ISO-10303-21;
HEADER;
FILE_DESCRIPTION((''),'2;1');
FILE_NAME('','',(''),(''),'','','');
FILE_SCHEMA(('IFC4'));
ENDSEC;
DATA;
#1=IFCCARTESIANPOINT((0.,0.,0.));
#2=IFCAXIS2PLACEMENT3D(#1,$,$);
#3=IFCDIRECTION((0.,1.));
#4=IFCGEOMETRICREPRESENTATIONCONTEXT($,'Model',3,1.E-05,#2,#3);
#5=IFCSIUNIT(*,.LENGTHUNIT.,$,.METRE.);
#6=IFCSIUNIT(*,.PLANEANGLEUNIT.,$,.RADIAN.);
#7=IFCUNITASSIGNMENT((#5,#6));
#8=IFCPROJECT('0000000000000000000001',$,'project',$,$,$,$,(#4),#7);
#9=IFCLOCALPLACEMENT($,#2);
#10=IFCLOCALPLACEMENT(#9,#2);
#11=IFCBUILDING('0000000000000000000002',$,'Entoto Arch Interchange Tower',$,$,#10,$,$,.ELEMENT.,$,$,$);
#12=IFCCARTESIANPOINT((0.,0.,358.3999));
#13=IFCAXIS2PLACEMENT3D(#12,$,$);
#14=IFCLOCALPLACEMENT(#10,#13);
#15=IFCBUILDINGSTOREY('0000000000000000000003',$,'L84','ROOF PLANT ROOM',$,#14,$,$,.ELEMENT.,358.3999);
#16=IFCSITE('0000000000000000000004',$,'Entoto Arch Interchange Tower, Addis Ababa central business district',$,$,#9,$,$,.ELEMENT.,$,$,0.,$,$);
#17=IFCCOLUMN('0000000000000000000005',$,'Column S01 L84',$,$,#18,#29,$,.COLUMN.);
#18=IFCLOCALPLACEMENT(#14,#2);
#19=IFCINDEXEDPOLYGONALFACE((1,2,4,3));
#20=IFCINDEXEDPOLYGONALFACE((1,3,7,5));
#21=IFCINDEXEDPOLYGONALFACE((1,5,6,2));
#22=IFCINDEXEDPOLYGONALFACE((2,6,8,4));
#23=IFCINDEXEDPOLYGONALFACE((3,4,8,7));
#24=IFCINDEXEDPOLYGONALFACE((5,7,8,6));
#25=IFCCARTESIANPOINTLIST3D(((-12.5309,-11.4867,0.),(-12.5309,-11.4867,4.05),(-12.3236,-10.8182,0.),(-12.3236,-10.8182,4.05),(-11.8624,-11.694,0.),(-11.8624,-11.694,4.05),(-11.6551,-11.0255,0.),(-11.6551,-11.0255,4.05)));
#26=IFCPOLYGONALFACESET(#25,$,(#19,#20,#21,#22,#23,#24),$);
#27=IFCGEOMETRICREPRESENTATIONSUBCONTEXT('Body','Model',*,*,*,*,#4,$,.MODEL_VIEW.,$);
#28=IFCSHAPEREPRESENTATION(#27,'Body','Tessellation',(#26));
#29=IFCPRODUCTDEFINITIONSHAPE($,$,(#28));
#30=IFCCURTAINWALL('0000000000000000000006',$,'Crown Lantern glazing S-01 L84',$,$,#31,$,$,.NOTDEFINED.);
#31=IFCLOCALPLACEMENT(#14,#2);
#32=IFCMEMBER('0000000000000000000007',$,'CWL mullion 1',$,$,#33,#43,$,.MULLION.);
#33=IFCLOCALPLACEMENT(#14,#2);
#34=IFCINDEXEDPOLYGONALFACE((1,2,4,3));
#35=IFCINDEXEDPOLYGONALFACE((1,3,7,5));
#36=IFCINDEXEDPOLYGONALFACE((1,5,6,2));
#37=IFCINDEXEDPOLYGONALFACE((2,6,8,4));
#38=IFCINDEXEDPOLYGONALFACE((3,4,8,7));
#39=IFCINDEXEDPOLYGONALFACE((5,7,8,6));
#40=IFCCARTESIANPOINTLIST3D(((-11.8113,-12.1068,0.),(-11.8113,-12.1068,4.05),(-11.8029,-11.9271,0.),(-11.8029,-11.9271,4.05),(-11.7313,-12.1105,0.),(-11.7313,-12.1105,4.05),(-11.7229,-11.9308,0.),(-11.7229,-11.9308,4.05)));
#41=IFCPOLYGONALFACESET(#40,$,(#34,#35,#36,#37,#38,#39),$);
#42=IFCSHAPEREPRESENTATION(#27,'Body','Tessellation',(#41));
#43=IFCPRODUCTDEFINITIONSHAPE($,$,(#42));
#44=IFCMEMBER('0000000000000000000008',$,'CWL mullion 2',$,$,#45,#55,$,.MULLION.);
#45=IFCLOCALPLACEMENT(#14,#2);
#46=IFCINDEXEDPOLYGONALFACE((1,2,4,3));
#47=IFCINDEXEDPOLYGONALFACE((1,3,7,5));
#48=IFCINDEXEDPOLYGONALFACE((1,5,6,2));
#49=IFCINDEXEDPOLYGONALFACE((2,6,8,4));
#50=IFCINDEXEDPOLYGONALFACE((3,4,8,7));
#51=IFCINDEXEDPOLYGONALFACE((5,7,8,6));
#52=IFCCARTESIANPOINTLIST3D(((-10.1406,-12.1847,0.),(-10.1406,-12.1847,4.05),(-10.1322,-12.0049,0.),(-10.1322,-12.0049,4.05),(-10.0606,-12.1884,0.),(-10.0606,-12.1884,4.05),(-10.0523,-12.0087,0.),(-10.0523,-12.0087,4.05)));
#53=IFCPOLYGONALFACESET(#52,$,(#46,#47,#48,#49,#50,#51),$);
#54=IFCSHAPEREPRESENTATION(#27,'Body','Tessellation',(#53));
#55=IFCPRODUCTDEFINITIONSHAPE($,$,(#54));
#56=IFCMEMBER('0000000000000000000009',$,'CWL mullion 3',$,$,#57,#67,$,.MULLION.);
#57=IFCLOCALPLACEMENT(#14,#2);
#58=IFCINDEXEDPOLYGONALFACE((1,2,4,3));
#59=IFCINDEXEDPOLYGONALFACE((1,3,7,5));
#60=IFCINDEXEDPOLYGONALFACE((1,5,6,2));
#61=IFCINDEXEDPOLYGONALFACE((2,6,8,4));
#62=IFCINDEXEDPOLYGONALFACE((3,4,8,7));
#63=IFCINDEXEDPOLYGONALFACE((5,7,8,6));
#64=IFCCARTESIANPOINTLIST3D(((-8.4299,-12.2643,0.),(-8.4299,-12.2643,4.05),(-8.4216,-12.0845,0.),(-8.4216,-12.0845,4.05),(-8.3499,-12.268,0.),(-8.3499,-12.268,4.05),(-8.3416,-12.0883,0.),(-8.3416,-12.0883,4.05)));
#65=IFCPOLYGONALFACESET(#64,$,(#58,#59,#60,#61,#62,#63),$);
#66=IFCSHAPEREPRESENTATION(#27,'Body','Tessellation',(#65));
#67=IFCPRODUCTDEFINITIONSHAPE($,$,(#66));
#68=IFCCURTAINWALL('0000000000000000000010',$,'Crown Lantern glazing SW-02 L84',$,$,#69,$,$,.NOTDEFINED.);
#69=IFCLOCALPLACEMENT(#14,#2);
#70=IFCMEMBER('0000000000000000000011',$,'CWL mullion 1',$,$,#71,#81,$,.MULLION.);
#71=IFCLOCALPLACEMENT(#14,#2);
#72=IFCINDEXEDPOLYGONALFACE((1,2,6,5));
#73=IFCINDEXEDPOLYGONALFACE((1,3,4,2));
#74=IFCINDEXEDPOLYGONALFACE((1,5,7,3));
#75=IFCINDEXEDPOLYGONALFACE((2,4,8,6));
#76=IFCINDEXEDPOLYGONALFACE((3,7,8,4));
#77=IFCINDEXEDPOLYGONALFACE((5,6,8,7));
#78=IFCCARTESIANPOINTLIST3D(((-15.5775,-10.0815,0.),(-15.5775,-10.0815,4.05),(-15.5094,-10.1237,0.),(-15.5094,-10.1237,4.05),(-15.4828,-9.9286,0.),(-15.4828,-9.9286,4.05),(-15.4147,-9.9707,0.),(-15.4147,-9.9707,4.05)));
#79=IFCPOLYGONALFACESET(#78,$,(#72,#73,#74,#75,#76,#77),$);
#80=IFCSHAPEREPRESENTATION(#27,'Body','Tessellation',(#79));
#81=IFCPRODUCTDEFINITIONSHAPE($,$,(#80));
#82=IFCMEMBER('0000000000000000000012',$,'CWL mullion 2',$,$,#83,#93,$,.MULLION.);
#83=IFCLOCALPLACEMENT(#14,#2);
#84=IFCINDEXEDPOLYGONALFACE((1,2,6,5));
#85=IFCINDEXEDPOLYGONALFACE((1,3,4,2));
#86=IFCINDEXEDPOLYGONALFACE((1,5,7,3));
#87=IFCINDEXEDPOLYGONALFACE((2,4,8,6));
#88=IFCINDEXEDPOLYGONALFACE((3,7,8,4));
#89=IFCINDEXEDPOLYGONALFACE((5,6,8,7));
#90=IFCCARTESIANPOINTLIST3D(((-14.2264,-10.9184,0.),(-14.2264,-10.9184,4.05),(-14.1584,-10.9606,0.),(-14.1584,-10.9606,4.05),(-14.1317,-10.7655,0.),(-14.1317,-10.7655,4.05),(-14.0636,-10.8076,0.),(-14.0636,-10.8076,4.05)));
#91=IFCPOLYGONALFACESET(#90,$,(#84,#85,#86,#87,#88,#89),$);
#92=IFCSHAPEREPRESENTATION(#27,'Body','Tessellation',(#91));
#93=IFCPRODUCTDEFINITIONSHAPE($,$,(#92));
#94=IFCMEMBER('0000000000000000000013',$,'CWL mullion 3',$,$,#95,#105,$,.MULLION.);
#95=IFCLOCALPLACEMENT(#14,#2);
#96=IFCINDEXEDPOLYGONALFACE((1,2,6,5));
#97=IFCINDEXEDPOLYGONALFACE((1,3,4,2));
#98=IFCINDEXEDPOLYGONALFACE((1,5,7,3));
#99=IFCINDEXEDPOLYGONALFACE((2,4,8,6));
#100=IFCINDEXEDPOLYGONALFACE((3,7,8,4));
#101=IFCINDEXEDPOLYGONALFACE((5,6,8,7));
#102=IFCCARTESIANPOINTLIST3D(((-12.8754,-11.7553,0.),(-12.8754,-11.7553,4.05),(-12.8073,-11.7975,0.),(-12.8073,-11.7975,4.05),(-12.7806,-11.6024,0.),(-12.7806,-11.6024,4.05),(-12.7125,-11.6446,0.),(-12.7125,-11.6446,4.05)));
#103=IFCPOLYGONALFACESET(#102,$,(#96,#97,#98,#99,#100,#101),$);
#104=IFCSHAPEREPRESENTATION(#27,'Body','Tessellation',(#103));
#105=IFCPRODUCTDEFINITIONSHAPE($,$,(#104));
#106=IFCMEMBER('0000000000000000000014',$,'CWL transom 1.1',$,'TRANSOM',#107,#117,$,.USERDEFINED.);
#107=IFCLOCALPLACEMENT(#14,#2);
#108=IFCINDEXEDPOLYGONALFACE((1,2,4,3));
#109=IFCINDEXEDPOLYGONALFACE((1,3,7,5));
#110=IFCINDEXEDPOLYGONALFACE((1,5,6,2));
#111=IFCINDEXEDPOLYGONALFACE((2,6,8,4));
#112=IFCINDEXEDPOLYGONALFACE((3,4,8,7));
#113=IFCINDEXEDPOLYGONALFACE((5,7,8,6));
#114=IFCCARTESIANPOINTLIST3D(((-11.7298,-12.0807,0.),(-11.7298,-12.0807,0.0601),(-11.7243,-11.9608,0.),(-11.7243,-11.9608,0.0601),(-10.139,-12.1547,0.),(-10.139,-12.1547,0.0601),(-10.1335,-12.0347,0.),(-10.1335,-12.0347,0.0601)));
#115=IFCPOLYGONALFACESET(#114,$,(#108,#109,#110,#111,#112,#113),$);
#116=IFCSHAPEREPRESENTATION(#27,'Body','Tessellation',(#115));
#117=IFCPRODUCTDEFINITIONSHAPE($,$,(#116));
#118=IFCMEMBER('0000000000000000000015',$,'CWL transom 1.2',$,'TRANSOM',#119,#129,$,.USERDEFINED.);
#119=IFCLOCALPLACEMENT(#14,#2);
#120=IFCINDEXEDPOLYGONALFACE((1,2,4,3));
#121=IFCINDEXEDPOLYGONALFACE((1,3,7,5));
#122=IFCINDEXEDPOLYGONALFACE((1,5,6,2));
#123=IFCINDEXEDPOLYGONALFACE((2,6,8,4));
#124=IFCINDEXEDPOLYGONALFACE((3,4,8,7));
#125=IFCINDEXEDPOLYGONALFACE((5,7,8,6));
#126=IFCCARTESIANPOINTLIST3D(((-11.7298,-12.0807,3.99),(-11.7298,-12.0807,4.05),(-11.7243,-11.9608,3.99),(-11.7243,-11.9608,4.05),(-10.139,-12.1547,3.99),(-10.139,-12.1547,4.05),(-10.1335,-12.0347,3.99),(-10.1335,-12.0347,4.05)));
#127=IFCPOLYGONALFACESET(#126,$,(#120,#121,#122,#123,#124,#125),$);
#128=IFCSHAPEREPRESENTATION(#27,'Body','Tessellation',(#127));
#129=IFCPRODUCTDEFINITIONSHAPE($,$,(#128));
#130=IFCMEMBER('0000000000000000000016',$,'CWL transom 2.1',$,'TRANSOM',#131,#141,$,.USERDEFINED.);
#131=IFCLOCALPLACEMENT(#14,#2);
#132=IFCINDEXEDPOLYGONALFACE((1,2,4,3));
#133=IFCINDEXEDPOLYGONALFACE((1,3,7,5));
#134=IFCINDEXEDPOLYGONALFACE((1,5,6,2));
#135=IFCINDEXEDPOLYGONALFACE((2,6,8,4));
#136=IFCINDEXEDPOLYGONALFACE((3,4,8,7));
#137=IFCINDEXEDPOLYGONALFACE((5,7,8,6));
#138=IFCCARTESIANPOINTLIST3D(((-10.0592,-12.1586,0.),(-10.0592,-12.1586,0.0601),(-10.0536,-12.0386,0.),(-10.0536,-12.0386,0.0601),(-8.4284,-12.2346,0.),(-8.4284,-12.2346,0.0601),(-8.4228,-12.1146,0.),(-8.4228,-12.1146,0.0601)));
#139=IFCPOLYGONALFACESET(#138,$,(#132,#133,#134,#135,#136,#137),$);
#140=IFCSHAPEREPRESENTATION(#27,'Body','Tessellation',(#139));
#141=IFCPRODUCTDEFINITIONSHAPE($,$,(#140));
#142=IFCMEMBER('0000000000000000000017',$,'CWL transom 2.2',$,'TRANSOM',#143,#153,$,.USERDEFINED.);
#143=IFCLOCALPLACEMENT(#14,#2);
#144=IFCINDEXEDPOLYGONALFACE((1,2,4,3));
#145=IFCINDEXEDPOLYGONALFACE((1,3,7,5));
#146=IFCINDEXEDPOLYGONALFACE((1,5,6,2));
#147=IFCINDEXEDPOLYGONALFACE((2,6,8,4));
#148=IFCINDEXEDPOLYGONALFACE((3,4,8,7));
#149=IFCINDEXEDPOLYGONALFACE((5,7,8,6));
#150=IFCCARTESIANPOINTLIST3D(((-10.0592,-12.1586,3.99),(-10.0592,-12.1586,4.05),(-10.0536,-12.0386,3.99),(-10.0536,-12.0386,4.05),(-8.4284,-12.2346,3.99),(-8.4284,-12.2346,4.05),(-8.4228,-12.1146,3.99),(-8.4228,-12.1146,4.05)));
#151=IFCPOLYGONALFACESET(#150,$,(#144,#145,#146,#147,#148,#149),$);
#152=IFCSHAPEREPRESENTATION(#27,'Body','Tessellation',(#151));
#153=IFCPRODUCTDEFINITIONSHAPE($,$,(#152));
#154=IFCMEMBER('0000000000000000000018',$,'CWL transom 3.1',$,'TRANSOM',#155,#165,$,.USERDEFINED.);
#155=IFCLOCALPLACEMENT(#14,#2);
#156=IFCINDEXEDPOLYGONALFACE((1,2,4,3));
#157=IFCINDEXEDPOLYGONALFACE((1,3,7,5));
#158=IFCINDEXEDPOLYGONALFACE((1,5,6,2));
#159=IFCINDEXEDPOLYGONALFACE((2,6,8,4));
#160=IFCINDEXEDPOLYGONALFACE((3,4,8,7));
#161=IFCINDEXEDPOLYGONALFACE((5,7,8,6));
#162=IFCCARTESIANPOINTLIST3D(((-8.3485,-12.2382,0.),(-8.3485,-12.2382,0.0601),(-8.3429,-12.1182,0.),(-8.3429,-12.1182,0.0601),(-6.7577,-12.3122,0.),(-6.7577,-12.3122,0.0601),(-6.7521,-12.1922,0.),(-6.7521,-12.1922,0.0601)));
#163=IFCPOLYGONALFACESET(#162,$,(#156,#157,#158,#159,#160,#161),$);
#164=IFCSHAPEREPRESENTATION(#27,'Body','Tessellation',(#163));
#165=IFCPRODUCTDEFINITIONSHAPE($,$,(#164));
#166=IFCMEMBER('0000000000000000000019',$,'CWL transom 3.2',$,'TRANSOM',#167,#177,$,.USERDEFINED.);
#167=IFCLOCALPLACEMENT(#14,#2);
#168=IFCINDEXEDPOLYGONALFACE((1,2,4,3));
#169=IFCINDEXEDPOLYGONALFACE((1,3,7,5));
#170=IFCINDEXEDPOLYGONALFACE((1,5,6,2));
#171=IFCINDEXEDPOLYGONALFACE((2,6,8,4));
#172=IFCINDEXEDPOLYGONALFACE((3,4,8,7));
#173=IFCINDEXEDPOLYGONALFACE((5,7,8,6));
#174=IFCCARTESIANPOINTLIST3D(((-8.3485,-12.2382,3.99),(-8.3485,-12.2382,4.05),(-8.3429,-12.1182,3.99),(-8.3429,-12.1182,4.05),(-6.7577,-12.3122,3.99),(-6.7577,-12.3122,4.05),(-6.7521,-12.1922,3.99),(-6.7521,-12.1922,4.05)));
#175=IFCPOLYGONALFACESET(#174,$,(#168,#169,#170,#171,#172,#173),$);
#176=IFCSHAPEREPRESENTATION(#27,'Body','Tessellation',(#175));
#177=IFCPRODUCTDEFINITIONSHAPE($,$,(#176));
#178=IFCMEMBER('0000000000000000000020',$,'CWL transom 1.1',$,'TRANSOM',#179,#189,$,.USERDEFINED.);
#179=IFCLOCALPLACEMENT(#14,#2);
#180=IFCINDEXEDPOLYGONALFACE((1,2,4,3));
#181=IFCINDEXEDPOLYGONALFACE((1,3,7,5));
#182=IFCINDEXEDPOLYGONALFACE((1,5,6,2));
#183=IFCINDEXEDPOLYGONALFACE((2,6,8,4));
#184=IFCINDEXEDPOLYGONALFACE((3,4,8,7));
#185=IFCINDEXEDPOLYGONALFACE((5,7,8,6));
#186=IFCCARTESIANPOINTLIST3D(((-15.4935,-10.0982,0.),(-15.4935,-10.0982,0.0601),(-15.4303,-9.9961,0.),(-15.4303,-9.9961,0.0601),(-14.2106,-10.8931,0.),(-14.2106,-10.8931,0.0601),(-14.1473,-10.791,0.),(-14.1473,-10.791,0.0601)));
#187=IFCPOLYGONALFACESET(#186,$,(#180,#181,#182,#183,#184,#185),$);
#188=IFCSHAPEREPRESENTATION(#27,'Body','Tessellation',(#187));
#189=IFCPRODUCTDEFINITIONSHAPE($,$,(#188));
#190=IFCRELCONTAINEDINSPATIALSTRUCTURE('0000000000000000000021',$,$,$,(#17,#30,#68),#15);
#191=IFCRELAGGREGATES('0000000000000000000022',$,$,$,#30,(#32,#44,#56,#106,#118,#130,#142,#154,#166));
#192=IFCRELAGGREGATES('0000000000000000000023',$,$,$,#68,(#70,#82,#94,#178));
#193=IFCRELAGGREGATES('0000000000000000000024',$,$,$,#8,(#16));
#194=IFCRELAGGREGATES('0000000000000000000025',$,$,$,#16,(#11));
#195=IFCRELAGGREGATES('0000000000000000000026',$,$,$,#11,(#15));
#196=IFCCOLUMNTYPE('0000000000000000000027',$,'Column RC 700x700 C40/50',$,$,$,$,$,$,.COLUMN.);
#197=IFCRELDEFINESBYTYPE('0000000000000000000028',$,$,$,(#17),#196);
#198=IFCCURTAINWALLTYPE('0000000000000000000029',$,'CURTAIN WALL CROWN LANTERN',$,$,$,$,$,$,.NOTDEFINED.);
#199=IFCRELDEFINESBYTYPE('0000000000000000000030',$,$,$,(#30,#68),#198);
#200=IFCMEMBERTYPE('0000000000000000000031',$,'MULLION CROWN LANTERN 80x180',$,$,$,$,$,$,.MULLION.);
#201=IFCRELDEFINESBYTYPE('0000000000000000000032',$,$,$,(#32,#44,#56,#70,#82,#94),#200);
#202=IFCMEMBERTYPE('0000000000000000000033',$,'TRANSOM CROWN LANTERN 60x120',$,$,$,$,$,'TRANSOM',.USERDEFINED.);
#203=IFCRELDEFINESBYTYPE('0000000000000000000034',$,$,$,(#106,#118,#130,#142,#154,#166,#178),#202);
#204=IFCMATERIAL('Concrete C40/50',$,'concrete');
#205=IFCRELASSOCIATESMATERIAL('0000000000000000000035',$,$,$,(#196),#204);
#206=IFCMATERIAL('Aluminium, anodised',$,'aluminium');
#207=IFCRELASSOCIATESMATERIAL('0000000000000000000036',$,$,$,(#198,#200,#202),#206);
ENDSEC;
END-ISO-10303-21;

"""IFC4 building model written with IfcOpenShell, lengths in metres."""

from ifc_helpers import new_model, si_unit, direction, frame, origin, origin_2d, place, context, subcontext, project, spatial, rectangle, extrude, material, material_profile, profile_set, type_object, element, aggregate, save


model = new_model("IFC4")

# Units and contexts
model_context = context("Model", 3, precision=1e-05, world=origin(), true_north=direction((0.0, 1.0)))
body_context = subcontext(model_context, "Body", "Model", "MODEL_VIEW")
ifc_project = project(units=[si_unit("LENGTHUNIT", "METRE"), si_unit("PLANEANGLEUNIT", "RADIAN")], contexts=[model_context])

# Site, building, storey
site_placement = place(None, origin())
site = spatial("IfcSite", under=ifc_project, at=site_placement, Name="Entoto Arch Interchange Tower, Addis Ababa central business district", CompositionType="ELEMENT", RefElevation=0.0)
building_placement = place(site_placement, origin())
building = spatial("IfcBuilding", under=site, at=building_placement, Name="Entoto Arch Interchange Tower", CompositionType="ELEMENT")
storey_placement = place(building_placement, frame((0.0, 0.0, 358.3999)))
storey = spatial("IfcBuildingStorey", under=building, at=storey_placement, Name="L84", Description="ROOF PLANT ROOM", CompositionType="ELEMENT", Elevation=358.3999)

# Column
ifc_material_1 = material(Name="Concrete C40/50", Category="concrete")
ifc_material_profile_1 = material_profile(ifc_material_1, rectangle(XDim=0.7, YDim=0.7, at=origin_2d()))
ifc_profile_set_1 = profile_set([ifc_material_profile_1], Name="Concrete C40/50")
column_type = type_object("IfcColumnType", Name="Column RC 700x700 C40/50", PredefinedType="COLUMN", material=ifc_profile_set_1)
column_placement = place(storey_placement, frame((-12.093, -11.2561, 0.0), z_axis=(0.0, 0.0, 1.0), x_axis=(-0.955139, 0.296158, 0.0)))
element("IfcColumn", 1, at=column_placement, inside=storey, type_object=column_type, Name="Column S01 L84", PredefinedType="COLUMN", context=body_context, shape_type="SweptSolid", body=[
    extrude(rectangle(XDim=0.7, YDim=0.7, at=origin_2d()), origin(), (0.0, 0.0, 1.0), 4.05),
])

# Curtain walls, members
ifc_material_2 = material(Name="Aluminium, anodised", Category="aluminium")
curtain_wall_type = type_object("IfcCurtainWallType", Name="CURTAIN WALL CROWN LANTERN", PredefinedType="NOTDEFINED", material=ifc_material_2)
curtain_wall_1_placement = place(storey_placement, origin())
curtain_wall_1 = element("IfcCurtainWall", 2, at=curtain_wall_1_placement, inside=storey, type_object=curtain_wall_type, Name="Crown Lantern glazing S-01 L84", PredefinedType="NOTDEFINED")
ifc_material_profile_2 = material_profile(ifc_material_2, rectangle(XDim=0.1799, YDim=0.0801, at=origin_2d()))
ifc_profile_set_2 = profile_set([ifc_material_profile_2], Name="Aluminium, anodised")
member_type_1 = type_object("IfcMemberType", Name="MULLION CROWN LANTERN 80x180", PredefinedType="MULLION", material=ifc_profile_set_2)
member_1_placement = place(storey_placement, frame((-11.7671, -12.0188, 0.0), z_axis=(0.0, 0.0, 1.0), x_axis=(0.04652, 0.998917, 0.0)))
member_1 = element("IfcMember", 3, at=member_1_placement, type_object=member_type_1, Name="CWL mullion 1", PredefinedType="MULLION", context=body_context, shape_type="SweptSolid", body=[
    extrude(rectangle(XDim=0.1799, YDim=0.0801, at=origin_2d()), origin(), (0.0, 0.0, 1.0), 4.05),
])
member_2_placement = place(storey_placement, frame((-10.0964, -12.0967, 0.0), z_axis=(0.0, 0.0, 1.0), x_axis=(0.04652, 0.998917, 0.0)))
member_2 = element("IfcMember", 4, at=member_2_placement, type_object=member_type_1, Name="CWL mullion 2", PredefinedType="MULLION", context=body_context, shape_type="SweptSolid", body=[
    extrude(rectangle(XDim=0.1799, YDim=0.0801, at=origin_2d()), origin(), (0.0, 0.0, 1.0), 4.05),
])
member_3_placement = place(storey_placement, frame((-8.3857, -12.1763, 0.0), z_axis=(0.0, 0.0, 1.0), x_axis=(0.04652, 0.998917, 0.0)))
member_3 = element("IfcMember", 5, at=member_3_placement, type_object=member_type_1, Name="CWL mullion 3", PredefinedType="MULLION", context=body_context, shape_type="SweptSolid", body=[
    extrude(rectangle(XDim=0.1799, YDim=0.0801, at=origin_2d()), origin(), (0.0, 0.0, 1.0), 4.05),
])
curtain_wall_2_placement = place(storey_placement, origin())
curtain_wall_2 = element("IfcCurtainWall", 6, at=curtain_wall_2_placement, inside=storey, type_object=curtain_wall_type, Name="Crown Lantern glazing SW-02 L84", PredefinedType="NOTDEFINED")
member_4_placement = place(storey_placement, frame((-15.4961, -10.0261, 0.0), z_axis=(0.0, 0.0, 1.0), x_axis=(0.526629, 0.850095, 0.0)))
member_4 = element("IfcMember", 7, at=member_4_placement, type_object=member_type_1, Name="CWL mullion 1", PredefinedType="MULLION", context=body_context, shape_type="SweptSolid", body=[
    extrude(rectangle(XDim=0.1799, YDim=0.0801, at=origin_2d()), origin(), (0.0, 0.0, 1.0), 4.05),
])
member_5_placement = place(storey_placement, frame((-14.145, -10.863, 0.0), z_axis=(0.0, 0.0, 1.0), x_axis=(0.526629, 0.850095, 0.0)))
member_5 = element("IfcMember", 8, at=member_5_placement, type_object=member_type_1, Name="CWL mullion 2", PredefinedType="MULLION", context=body_context, shape_type="SweptSolid", body=[
    extrude(rectangle(XDim=0.1799, YDim=0.0801, at=origin_2d()), origin(), (0.0, 0.0, 1.0), 4.05),
])
member_6_placement = place(storey_placement, frame((-12.7939, -11.7, 0.0), z_axis=(0.0, 0.0, 1.0), x_axis=(0.526629, 0.850095, 0.0)))
member_6 = element("IfcMember", 9, at=member_6_placement, type_object=member_type_1, Name="CWL mullion 3", PredefinedType="MULLION", context=body_context, shape_type="SweptSolid", body=[
    extrude(rectangle(XDim=0.1799, YDim=0.0801, at=origin_2d()), origin(), (0.0, 0.0, 1.0), 4.05),
])

# Members
ifc_material_profile_3 = material_profile(ifc_material_2, rectangle(XDim=0.1201, YDim=0.0601, at=origin_2d()))
ifc_profile_set_3 = profile_set([ifc_material_profile_3], Name="Aluminium, anodised")
member_type_2 = type_object("IfcMemberType", Name="TRANSOM CROWN LANTERN 60x120", ElementType="TRANSOM", PredefinedType="USERDEFINED", material=ifc_profile_set_3)
member_7_placement = place(storey_placement, frame((-11.7271, -12.0208, 0.03), z_axis=(0.998921, -0.046451, 0.0), x_axis=(0.046451, 0.998921, 0.0)))
member_7 = element("IfcMember", 10, at=member_7_placement, type_object=member_type_2, Name="CWL transom 1.1", ObjectType="TRANSOM", PredefinedType="USERDEFINED", context=body_context, shape_type="SweptSolid", body=[
    extrude(rectangle(XDim=0.1201, YDim=0.0601, at=origin_2d()), origin(), (0.0, 0.0, 1.0), 1.5925),
])
member_8_placement = place(storey_placement, frame((-11.7271, -12.0208, 4.02), z_axis=(0.998921, -0.046451, 0.0), x_axis=(0.046451, 0.998921, 0.0)))
member_8 = element("IfcMember", 11, at=member_8_placement, type_object=member_type_2, Name="CWL transom 1.2", ObjectType="TRANSOM", PredefinedType="USERDEFINED", context=body_context, shape_type="SweptSolid", body=[
    extrude(rectangle(XDim=0.1201, YDim=0.0601, at=origin_2d()), origin(), (0.0, 0.0, 1.0), 1.5925),
])
member_9_placement = place(storey_placement, frame((-10.0564, -12.0986, 0.03), z_axis=(0.998918, -0.046507, 0.0), x_axis=(0.046507, 0.998918, 0.0)))
member_9 = element("IfcMember", 12, at=member_9_placement, type_object=member_type_2, Name="CWL transom 2.1", ObjectType="TRANSOM", PredefinedType="USERDEFINED", context=body_context, shape_type="SweptSolid", body=[
    extrude(rectangle(XDim=0.1201, YDim=0.0601, at=origin_2d()), origin(), (0.0, 0.0, 1.0), 1.6326),
])
member_10_placement = place(storey_placement, frame((-10.0564, -12.0986, 4.02), z_axis=(0.998918, -0.046507, 0.0), x_axis=(0.046507, 0.998918, 0.0)))
member_10 = element("IfcMember", 13, at=member_10_placement, type_object=member_type_2, Name="CWL transom 2.2", ObjectType="TRANSOM", PredefinedType="USERDEFINED", context=body_context, shape_type="SweptSolid", body=[
    extrude(rectangle(XDim=0.1201, YDim=0.0601, at=origin_2d()), origin(), (0.0, 0.0, 1.0), 1.6326),
])
member_11_placement = place(storey_placement, frame((-8.3457, -12.1782, 0.03), z_axis=(0.998921, -0.046451, 0.0), x_axis=(0.046451, 0.998921, 0.0)))
member_11 = element("IfcMember", 14, at=member_11_placement, type_object=member_type_2, Name="CWL transom 3.1", ObjectType="TRANSOM", PredefinedType="USERDEFINED", context=body_context, shape_type="SweptSolid", body=[
    extrude(rectangle(XDim=0.1201, YDim=0.0601, at=origin_2d()), origin(), (0.0, 0.0, 1.0), 1.5925),
])
member_12_placement = place(storey_placement, frame((-8.3457, -12.1782, 4.02), z_axis=(0.998921, -0.046451, 0.0), x_axis=(0.046451, 0.998921, 0.0)))
member_12 = element("IfcMember", 15, at=member_12_placement, type_object=member_type_2, Name="CWL transom 3.2", ObjectType="TRANSOM", PredefinedType="USERDEFINED", context=body_context, shape_type="SweptSolid", body=[
    extrude(rectangle(XDim=0.1201, YDim=0.0601, at=origin_2d()), origin(), (0.0, 0.0, 1.0), 1.5925),
])
member_13_placement = place(storey_placement, frame((-15.4619, -10.0471, 0.03), z_axis=(0.850055, -0.526694, 0.0), x_axis=(0.526694, 0.850055, 0.0)))
member_13 = element("IfcMember", 16, at=member_13_placement, type_object=member_type_2, Name="CWL transom 1.1", ObjectType="TRANSOM", PredefinedType="USERDEFINED", context=body_context, shape_type="SweptSolid", body=[
    extrude(rectangle(XDim=0.1201, YDim=0.0601, at=origin_2d()), origin(), (0.0, 0.0, 1.0), 1.5093),
])

aggregate(curtain_wall_1, [member_1, member_2, member_3, member_7, member_8, member_9, member_10, member_11, member_12])
aggregate(curtain_wall_2, [member_4, member_5, member_6, member_13])

save(model, "model.ifc")
